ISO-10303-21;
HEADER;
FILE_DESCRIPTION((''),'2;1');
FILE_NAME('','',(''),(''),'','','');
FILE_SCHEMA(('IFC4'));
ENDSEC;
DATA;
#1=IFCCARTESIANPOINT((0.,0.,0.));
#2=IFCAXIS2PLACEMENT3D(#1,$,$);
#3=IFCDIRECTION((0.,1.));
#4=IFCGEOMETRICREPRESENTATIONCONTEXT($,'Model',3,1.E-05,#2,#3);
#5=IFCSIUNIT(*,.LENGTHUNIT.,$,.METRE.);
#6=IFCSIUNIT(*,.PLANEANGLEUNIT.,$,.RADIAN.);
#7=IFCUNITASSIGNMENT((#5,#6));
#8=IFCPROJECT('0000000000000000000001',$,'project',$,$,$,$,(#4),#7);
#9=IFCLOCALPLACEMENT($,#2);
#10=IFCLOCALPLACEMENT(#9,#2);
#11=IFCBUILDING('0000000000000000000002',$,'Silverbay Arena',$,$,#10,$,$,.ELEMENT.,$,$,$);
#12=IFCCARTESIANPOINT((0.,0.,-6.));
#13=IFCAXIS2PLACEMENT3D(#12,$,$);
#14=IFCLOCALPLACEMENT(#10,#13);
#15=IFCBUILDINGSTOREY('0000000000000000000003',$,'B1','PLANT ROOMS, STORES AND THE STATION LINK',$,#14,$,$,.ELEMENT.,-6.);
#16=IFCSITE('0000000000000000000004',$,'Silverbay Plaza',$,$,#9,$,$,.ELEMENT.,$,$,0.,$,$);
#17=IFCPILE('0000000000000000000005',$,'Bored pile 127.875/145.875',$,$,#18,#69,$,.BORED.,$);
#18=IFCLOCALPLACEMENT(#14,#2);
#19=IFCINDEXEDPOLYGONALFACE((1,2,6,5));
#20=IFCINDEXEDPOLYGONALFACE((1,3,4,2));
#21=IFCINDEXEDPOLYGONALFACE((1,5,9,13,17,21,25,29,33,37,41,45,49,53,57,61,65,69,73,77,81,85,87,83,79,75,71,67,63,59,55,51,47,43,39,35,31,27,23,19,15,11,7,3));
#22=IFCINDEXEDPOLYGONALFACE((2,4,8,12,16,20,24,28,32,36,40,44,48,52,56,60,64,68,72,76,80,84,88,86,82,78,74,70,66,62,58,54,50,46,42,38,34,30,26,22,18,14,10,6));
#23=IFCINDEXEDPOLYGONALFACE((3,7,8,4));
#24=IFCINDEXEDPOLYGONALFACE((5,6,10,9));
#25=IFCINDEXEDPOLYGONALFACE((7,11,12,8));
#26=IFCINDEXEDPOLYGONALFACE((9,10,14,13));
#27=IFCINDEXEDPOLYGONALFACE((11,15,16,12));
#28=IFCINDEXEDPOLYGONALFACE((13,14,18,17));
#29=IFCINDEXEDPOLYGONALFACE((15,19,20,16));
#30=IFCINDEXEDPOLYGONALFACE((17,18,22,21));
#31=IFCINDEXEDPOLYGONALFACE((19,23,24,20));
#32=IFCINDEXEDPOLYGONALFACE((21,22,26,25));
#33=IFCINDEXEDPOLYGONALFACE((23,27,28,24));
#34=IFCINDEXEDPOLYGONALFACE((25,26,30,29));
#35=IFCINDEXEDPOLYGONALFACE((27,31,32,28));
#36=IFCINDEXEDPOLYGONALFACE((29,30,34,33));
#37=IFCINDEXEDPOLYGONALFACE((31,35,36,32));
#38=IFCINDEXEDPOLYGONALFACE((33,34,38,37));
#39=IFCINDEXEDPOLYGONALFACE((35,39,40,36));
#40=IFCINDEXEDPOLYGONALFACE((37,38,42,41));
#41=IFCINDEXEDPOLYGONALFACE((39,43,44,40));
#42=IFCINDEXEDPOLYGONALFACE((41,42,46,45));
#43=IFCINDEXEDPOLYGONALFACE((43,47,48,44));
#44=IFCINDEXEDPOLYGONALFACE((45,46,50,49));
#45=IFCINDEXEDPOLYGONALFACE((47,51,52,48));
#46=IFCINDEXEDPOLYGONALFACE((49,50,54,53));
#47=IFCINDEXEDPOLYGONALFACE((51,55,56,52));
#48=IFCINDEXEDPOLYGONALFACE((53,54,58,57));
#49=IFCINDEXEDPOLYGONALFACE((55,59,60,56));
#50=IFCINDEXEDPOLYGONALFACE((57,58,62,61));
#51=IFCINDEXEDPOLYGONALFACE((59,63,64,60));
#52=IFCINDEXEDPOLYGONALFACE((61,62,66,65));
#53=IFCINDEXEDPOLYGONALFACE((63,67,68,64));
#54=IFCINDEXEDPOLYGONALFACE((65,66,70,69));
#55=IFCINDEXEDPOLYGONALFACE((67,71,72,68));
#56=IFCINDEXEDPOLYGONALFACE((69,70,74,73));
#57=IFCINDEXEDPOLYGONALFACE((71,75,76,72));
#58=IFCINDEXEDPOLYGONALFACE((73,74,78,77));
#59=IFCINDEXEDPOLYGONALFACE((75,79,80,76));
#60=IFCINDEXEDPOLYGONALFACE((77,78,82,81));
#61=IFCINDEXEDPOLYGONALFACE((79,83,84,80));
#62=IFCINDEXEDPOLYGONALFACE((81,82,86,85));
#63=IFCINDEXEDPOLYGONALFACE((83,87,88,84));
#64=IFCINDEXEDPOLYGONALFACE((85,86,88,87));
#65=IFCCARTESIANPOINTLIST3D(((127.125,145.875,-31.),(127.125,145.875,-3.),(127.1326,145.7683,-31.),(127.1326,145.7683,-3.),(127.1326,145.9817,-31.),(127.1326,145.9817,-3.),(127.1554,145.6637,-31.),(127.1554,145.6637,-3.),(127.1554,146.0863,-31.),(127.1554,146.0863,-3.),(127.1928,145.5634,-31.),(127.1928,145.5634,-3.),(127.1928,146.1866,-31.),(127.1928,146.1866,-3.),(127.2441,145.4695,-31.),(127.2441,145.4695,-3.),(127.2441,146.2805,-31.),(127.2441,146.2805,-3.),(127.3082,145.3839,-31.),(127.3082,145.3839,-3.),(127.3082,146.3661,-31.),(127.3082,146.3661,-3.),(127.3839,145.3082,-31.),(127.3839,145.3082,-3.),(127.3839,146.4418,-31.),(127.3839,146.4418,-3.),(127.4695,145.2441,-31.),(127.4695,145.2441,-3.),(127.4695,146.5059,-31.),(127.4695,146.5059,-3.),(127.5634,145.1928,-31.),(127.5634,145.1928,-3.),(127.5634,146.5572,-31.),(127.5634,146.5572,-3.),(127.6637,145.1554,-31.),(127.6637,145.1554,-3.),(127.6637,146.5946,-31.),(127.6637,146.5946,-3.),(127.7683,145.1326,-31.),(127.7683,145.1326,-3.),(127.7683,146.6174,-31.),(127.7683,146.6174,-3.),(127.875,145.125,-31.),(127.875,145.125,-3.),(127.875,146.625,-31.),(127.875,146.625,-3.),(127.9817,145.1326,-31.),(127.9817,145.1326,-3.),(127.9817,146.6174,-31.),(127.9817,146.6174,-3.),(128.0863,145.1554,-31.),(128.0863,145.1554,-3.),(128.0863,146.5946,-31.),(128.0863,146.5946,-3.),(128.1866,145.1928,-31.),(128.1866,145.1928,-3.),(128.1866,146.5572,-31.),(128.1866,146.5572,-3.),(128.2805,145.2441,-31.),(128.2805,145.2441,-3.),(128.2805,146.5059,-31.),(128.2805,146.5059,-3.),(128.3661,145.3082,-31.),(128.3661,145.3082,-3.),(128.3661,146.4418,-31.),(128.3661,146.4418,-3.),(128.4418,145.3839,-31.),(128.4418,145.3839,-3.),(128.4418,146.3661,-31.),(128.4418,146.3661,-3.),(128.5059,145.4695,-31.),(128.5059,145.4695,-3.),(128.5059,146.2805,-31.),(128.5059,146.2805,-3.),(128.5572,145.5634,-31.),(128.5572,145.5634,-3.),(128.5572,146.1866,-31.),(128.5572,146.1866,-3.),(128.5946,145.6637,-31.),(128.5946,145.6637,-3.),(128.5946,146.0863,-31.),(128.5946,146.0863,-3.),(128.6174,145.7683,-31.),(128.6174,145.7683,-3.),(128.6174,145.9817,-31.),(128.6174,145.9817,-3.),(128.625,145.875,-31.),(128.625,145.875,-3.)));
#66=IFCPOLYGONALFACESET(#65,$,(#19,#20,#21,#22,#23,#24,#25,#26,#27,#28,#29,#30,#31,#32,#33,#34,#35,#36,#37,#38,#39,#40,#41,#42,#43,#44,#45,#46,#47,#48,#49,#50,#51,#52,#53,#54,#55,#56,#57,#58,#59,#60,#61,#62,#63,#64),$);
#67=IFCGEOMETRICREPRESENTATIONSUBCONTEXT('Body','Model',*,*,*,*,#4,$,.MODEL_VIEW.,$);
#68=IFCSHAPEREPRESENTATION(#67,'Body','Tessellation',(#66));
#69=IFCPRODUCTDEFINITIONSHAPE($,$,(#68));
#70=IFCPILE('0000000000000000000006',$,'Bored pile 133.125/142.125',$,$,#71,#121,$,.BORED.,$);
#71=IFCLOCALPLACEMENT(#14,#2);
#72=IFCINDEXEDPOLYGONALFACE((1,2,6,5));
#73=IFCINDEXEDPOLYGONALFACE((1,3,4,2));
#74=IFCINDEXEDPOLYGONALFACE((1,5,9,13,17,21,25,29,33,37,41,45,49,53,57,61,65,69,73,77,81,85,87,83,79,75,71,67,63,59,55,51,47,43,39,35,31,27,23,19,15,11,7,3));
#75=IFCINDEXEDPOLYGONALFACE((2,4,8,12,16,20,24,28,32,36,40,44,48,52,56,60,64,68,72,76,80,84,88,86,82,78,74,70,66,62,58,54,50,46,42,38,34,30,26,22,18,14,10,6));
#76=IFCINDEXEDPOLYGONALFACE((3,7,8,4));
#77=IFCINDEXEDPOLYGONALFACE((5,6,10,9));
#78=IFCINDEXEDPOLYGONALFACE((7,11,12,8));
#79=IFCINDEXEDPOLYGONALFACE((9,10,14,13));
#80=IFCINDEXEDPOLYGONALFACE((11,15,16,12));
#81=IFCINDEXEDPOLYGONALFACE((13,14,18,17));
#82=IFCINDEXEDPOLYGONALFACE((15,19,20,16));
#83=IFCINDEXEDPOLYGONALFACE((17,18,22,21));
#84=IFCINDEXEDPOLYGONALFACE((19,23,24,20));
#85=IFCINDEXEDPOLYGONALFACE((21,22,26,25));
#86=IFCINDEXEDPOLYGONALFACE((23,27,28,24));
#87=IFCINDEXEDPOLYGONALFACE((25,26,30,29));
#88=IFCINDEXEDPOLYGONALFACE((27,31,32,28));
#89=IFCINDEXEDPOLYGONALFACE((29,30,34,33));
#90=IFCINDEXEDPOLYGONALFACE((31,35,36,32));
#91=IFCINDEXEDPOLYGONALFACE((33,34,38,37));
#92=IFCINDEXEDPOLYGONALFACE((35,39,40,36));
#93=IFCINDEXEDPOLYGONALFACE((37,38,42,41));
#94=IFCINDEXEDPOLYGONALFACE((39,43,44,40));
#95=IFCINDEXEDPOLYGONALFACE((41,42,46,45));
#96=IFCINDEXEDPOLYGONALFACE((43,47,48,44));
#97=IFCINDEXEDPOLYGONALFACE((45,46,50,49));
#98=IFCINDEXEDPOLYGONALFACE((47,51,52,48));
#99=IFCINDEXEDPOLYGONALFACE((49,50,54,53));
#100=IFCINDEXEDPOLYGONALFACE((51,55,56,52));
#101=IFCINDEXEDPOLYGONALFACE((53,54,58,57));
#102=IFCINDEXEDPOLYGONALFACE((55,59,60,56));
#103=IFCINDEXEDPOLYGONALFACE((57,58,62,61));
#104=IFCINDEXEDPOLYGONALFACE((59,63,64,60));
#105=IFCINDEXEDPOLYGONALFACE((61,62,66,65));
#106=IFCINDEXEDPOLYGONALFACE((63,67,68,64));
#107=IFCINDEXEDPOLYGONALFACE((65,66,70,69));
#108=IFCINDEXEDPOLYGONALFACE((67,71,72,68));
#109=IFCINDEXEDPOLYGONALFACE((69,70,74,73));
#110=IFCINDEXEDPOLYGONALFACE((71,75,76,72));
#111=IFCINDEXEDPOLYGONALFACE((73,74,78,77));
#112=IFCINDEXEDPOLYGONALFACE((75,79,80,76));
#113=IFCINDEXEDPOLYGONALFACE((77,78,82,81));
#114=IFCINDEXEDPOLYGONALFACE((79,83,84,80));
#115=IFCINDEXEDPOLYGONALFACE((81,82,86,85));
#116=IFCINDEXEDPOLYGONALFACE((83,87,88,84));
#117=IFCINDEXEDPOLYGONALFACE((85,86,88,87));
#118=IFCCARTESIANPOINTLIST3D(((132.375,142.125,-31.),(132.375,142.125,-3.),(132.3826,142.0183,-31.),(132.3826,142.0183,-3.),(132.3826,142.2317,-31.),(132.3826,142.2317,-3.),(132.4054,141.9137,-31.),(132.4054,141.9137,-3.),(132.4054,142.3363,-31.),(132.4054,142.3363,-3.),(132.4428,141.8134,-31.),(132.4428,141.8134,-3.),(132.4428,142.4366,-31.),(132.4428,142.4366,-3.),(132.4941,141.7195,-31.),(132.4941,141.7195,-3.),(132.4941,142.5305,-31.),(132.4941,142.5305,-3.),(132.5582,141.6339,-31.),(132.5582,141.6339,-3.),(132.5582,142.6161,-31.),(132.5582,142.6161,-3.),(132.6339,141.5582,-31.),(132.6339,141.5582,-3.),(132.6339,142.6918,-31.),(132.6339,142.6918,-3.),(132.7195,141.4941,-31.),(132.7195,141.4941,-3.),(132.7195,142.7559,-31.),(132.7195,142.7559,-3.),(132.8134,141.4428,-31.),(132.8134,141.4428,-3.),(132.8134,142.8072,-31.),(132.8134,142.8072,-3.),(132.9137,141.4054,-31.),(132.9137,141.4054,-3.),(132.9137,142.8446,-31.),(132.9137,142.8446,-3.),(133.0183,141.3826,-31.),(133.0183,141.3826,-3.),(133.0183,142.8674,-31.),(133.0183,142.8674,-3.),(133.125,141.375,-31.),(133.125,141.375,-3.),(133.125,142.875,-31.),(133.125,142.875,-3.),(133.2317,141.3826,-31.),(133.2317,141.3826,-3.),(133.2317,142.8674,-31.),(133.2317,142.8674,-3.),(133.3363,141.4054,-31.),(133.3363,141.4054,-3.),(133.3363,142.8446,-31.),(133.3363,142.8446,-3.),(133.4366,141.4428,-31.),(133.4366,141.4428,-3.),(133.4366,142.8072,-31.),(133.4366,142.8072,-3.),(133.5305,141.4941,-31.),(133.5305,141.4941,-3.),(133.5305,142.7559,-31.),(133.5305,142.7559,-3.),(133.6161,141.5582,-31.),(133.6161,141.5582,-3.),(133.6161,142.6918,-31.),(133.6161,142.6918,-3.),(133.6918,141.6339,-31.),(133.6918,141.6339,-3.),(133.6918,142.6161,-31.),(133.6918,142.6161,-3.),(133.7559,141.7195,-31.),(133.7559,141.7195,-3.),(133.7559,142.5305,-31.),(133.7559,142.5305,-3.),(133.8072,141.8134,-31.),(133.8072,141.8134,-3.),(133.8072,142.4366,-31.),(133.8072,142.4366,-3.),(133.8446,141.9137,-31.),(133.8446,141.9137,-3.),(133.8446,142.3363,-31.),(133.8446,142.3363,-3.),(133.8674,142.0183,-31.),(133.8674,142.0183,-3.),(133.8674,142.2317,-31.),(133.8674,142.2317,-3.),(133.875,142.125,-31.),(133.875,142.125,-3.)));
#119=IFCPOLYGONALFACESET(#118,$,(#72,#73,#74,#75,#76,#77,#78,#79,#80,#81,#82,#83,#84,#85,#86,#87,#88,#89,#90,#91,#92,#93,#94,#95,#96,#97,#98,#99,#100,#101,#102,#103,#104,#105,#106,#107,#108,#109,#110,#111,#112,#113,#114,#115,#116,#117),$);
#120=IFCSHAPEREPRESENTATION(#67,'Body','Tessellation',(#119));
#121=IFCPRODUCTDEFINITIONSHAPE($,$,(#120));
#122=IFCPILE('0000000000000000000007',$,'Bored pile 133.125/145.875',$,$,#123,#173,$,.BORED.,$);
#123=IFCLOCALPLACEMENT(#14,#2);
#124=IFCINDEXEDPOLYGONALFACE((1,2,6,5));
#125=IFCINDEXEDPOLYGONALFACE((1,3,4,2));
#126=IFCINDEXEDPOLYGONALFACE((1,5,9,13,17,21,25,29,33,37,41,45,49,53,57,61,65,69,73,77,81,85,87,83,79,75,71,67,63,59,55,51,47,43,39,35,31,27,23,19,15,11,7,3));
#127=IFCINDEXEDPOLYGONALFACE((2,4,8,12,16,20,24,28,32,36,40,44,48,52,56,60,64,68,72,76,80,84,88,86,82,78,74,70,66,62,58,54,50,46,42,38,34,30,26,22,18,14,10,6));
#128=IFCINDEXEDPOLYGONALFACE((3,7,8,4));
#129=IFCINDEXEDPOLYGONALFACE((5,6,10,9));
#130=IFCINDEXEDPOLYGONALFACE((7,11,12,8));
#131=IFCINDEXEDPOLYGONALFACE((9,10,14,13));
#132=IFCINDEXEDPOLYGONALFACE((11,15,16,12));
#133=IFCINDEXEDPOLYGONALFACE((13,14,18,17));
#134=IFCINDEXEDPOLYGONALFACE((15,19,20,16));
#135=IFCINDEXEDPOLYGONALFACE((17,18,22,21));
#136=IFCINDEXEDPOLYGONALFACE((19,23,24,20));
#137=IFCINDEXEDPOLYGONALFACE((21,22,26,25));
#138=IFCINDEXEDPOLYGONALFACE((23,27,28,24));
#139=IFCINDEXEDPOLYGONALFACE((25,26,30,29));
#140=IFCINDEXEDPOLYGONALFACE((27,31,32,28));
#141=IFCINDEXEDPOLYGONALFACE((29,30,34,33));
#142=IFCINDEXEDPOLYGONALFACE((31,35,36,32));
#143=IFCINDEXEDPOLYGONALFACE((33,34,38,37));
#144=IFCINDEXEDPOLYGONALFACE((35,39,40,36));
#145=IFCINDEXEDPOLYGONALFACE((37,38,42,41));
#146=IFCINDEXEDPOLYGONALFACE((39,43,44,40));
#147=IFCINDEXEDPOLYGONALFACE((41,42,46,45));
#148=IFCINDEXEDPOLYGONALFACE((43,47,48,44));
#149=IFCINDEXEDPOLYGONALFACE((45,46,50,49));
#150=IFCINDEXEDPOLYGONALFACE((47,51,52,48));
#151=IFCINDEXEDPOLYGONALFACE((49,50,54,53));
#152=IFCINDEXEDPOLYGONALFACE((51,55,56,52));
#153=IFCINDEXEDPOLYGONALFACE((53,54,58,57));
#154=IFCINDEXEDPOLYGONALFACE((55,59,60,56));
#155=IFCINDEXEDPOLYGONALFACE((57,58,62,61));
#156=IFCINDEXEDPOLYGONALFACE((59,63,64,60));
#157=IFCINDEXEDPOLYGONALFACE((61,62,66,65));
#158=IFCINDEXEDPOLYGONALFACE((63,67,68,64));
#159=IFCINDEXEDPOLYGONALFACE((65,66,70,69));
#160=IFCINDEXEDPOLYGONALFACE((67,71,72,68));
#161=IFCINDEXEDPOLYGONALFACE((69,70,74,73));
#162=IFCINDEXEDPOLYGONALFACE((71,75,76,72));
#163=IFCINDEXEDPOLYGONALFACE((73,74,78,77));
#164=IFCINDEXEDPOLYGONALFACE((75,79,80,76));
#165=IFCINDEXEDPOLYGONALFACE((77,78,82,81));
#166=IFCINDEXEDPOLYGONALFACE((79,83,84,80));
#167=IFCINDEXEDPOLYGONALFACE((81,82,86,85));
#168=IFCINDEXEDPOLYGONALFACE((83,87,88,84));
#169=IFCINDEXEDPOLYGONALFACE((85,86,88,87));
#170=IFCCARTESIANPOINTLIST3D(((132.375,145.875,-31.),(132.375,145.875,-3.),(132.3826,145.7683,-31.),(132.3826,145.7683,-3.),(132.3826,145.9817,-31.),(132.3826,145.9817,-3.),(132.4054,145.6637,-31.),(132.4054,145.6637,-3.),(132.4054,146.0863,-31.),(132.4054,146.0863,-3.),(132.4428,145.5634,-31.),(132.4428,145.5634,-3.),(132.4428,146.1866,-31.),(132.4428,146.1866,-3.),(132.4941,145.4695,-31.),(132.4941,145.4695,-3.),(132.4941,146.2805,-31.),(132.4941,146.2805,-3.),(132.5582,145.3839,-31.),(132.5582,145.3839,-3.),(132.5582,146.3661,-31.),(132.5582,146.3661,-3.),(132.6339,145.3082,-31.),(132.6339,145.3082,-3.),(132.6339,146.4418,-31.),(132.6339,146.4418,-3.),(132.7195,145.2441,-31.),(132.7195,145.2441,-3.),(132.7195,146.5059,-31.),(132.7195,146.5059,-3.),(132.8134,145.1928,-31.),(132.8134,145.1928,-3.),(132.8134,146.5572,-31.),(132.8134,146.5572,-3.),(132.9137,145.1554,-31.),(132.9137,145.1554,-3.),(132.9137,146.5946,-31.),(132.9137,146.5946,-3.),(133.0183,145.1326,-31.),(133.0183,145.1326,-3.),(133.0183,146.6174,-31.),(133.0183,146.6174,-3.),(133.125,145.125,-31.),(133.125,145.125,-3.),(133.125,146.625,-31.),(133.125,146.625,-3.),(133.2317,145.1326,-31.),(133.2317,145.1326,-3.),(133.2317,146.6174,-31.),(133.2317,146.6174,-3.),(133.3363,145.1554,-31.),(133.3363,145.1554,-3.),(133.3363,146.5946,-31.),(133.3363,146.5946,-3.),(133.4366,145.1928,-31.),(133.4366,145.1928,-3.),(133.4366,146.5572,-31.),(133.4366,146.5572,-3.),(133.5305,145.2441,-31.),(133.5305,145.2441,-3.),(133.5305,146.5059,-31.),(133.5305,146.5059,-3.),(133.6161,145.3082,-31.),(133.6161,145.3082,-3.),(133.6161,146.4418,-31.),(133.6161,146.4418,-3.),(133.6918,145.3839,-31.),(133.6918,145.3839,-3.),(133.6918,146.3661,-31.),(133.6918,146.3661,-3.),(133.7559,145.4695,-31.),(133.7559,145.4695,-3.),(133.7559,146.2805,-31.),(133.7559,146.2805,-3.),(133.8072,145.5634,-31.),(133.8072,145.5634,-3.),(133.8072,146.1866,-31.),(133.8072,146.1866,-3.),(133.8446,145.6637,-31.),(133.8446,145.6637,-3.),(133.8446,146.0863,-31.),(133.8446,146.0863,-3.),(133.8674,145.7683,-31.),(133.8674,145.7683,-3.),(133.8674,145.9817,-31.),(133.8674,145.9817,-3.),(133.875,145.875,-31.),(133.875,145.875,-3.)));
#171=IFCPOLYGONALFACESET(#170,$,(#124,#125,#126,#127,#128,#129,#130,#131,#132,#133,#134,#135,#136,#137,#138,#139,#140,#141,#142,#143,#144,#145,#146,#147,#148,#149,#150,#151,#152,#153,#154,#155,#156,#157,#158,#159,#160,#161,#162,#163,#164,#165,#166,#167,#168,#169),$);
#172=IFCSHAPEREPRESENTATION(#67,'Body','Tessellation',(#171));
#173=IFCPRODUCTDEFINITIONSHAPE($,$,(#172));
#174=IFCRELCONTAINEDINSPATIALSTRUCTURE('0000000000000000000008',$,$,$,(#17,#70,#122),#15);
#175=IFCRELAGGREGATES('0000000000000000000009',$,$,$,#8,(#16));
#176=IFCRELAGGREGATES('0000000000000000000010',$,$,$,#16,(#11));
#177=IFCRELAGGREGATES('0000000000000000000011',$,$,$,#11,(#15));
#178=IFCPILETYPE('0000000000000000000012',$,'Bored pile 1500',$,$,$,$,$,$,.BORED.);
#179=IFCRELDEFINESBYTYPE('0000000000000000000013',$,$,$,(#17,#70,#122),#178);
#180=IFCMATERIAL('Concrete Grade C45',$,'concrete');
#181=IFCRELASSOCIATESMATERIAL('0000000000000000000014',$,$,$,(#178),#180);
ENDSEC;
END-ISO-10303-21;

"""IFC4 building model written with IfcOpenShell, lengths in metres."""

from ifc_helpers import new_model, si_unit, direction, frame, origin, origin_2d, place, context, subcontext, project, spatial, circle, extrude, material, material_profile, profile_set, type_object, element, save


model = new_model("IFC4")

# Units and contexts
model_context = context("Model", 3, precision=1e-05, world=origin(), true_north=direction((0.0, 1.0)))
body_context = subcontext(model_context, "Body", "Model", "MODEL_VIEW")
ifc_project = project(units=[si_unit("LENGTHUNIT", "METRE"), si_unit("PLANEANGLEUNIT", "RADIAN")], contexts=[model_context])

# Site, building, storey
site_placement = place(None, origin())
site = spatial("IfcSite", under=ifc_project, at=site_placement, Name="Silverbay Plaza", CompositionType="ELEMENT", RefElevation=0.0)
building_placement = place(site_placement, origin())
building = spatial("IfcBuilding", under=site, at=building_placement, Name="Silverbay Arena", CompositionType="ELEMENT")
storey_placement = place(building_placement, frame((0.0, 0.0, -6.0)))
storey = spatial("IfcBuildingStorey", under=building, at=storey_placement, Name="B1", Description="PLANT ROOMS, STORES AND THE STATION LINK", CompositionType="ELEMENT", Elevation=-6.0)

# Piles
ifc_material_1 = material(Name="Concrete Grade C45", Category="concrete")
ifc_material_profile_1 = material_profile(ifc_material_1, circle(Radius=0.75, at=origin_2d()), Name="Bored pile 1500")
ifc_profile_set_1 = profile_set([ifc_material_profile_1], Name="Concrete Grade C45")
pile_type_1 = type_object("IfcPileType", Name="Bored pile 1500", PredefinedType="BORED", material=ifc_profile_set_1)
for number, where, z_axis, x_axis, name in (
    (1, (127.875, 145.875, -3.0), (0.0, 0.0, -1.0), (1.0, 0.0, 0.0), "Bored pile 127.875/145.875"),
    (2, (133.125, 142.125, -3.0), (0.0, 0.0, -1.0), (1.0, 0.0, 0.0), "Bored pile 133.125/142.125"),
    (3, (133.125, 145.875, -3.0), (0.0, 0.0, -1.0), (1.0, 0.0, 0.0), "Bored pile 133.125/145.875"),
):
    element("IfcPile", number, at=place(storey_placement, frame(where, z_axis=z_axis, x_axis=x_axis)), inside=storey, type_object=pile_type_1, Name=name, PredefinedType="BORED", context=body_context, shape_type="SweptSolid", body=[
        extrude(circle(Radius=0.75, at=origin_2d()), origin(), (0.0, 0.0, 1.0), 28.0),
    ])

save(model, "model.ifc")
